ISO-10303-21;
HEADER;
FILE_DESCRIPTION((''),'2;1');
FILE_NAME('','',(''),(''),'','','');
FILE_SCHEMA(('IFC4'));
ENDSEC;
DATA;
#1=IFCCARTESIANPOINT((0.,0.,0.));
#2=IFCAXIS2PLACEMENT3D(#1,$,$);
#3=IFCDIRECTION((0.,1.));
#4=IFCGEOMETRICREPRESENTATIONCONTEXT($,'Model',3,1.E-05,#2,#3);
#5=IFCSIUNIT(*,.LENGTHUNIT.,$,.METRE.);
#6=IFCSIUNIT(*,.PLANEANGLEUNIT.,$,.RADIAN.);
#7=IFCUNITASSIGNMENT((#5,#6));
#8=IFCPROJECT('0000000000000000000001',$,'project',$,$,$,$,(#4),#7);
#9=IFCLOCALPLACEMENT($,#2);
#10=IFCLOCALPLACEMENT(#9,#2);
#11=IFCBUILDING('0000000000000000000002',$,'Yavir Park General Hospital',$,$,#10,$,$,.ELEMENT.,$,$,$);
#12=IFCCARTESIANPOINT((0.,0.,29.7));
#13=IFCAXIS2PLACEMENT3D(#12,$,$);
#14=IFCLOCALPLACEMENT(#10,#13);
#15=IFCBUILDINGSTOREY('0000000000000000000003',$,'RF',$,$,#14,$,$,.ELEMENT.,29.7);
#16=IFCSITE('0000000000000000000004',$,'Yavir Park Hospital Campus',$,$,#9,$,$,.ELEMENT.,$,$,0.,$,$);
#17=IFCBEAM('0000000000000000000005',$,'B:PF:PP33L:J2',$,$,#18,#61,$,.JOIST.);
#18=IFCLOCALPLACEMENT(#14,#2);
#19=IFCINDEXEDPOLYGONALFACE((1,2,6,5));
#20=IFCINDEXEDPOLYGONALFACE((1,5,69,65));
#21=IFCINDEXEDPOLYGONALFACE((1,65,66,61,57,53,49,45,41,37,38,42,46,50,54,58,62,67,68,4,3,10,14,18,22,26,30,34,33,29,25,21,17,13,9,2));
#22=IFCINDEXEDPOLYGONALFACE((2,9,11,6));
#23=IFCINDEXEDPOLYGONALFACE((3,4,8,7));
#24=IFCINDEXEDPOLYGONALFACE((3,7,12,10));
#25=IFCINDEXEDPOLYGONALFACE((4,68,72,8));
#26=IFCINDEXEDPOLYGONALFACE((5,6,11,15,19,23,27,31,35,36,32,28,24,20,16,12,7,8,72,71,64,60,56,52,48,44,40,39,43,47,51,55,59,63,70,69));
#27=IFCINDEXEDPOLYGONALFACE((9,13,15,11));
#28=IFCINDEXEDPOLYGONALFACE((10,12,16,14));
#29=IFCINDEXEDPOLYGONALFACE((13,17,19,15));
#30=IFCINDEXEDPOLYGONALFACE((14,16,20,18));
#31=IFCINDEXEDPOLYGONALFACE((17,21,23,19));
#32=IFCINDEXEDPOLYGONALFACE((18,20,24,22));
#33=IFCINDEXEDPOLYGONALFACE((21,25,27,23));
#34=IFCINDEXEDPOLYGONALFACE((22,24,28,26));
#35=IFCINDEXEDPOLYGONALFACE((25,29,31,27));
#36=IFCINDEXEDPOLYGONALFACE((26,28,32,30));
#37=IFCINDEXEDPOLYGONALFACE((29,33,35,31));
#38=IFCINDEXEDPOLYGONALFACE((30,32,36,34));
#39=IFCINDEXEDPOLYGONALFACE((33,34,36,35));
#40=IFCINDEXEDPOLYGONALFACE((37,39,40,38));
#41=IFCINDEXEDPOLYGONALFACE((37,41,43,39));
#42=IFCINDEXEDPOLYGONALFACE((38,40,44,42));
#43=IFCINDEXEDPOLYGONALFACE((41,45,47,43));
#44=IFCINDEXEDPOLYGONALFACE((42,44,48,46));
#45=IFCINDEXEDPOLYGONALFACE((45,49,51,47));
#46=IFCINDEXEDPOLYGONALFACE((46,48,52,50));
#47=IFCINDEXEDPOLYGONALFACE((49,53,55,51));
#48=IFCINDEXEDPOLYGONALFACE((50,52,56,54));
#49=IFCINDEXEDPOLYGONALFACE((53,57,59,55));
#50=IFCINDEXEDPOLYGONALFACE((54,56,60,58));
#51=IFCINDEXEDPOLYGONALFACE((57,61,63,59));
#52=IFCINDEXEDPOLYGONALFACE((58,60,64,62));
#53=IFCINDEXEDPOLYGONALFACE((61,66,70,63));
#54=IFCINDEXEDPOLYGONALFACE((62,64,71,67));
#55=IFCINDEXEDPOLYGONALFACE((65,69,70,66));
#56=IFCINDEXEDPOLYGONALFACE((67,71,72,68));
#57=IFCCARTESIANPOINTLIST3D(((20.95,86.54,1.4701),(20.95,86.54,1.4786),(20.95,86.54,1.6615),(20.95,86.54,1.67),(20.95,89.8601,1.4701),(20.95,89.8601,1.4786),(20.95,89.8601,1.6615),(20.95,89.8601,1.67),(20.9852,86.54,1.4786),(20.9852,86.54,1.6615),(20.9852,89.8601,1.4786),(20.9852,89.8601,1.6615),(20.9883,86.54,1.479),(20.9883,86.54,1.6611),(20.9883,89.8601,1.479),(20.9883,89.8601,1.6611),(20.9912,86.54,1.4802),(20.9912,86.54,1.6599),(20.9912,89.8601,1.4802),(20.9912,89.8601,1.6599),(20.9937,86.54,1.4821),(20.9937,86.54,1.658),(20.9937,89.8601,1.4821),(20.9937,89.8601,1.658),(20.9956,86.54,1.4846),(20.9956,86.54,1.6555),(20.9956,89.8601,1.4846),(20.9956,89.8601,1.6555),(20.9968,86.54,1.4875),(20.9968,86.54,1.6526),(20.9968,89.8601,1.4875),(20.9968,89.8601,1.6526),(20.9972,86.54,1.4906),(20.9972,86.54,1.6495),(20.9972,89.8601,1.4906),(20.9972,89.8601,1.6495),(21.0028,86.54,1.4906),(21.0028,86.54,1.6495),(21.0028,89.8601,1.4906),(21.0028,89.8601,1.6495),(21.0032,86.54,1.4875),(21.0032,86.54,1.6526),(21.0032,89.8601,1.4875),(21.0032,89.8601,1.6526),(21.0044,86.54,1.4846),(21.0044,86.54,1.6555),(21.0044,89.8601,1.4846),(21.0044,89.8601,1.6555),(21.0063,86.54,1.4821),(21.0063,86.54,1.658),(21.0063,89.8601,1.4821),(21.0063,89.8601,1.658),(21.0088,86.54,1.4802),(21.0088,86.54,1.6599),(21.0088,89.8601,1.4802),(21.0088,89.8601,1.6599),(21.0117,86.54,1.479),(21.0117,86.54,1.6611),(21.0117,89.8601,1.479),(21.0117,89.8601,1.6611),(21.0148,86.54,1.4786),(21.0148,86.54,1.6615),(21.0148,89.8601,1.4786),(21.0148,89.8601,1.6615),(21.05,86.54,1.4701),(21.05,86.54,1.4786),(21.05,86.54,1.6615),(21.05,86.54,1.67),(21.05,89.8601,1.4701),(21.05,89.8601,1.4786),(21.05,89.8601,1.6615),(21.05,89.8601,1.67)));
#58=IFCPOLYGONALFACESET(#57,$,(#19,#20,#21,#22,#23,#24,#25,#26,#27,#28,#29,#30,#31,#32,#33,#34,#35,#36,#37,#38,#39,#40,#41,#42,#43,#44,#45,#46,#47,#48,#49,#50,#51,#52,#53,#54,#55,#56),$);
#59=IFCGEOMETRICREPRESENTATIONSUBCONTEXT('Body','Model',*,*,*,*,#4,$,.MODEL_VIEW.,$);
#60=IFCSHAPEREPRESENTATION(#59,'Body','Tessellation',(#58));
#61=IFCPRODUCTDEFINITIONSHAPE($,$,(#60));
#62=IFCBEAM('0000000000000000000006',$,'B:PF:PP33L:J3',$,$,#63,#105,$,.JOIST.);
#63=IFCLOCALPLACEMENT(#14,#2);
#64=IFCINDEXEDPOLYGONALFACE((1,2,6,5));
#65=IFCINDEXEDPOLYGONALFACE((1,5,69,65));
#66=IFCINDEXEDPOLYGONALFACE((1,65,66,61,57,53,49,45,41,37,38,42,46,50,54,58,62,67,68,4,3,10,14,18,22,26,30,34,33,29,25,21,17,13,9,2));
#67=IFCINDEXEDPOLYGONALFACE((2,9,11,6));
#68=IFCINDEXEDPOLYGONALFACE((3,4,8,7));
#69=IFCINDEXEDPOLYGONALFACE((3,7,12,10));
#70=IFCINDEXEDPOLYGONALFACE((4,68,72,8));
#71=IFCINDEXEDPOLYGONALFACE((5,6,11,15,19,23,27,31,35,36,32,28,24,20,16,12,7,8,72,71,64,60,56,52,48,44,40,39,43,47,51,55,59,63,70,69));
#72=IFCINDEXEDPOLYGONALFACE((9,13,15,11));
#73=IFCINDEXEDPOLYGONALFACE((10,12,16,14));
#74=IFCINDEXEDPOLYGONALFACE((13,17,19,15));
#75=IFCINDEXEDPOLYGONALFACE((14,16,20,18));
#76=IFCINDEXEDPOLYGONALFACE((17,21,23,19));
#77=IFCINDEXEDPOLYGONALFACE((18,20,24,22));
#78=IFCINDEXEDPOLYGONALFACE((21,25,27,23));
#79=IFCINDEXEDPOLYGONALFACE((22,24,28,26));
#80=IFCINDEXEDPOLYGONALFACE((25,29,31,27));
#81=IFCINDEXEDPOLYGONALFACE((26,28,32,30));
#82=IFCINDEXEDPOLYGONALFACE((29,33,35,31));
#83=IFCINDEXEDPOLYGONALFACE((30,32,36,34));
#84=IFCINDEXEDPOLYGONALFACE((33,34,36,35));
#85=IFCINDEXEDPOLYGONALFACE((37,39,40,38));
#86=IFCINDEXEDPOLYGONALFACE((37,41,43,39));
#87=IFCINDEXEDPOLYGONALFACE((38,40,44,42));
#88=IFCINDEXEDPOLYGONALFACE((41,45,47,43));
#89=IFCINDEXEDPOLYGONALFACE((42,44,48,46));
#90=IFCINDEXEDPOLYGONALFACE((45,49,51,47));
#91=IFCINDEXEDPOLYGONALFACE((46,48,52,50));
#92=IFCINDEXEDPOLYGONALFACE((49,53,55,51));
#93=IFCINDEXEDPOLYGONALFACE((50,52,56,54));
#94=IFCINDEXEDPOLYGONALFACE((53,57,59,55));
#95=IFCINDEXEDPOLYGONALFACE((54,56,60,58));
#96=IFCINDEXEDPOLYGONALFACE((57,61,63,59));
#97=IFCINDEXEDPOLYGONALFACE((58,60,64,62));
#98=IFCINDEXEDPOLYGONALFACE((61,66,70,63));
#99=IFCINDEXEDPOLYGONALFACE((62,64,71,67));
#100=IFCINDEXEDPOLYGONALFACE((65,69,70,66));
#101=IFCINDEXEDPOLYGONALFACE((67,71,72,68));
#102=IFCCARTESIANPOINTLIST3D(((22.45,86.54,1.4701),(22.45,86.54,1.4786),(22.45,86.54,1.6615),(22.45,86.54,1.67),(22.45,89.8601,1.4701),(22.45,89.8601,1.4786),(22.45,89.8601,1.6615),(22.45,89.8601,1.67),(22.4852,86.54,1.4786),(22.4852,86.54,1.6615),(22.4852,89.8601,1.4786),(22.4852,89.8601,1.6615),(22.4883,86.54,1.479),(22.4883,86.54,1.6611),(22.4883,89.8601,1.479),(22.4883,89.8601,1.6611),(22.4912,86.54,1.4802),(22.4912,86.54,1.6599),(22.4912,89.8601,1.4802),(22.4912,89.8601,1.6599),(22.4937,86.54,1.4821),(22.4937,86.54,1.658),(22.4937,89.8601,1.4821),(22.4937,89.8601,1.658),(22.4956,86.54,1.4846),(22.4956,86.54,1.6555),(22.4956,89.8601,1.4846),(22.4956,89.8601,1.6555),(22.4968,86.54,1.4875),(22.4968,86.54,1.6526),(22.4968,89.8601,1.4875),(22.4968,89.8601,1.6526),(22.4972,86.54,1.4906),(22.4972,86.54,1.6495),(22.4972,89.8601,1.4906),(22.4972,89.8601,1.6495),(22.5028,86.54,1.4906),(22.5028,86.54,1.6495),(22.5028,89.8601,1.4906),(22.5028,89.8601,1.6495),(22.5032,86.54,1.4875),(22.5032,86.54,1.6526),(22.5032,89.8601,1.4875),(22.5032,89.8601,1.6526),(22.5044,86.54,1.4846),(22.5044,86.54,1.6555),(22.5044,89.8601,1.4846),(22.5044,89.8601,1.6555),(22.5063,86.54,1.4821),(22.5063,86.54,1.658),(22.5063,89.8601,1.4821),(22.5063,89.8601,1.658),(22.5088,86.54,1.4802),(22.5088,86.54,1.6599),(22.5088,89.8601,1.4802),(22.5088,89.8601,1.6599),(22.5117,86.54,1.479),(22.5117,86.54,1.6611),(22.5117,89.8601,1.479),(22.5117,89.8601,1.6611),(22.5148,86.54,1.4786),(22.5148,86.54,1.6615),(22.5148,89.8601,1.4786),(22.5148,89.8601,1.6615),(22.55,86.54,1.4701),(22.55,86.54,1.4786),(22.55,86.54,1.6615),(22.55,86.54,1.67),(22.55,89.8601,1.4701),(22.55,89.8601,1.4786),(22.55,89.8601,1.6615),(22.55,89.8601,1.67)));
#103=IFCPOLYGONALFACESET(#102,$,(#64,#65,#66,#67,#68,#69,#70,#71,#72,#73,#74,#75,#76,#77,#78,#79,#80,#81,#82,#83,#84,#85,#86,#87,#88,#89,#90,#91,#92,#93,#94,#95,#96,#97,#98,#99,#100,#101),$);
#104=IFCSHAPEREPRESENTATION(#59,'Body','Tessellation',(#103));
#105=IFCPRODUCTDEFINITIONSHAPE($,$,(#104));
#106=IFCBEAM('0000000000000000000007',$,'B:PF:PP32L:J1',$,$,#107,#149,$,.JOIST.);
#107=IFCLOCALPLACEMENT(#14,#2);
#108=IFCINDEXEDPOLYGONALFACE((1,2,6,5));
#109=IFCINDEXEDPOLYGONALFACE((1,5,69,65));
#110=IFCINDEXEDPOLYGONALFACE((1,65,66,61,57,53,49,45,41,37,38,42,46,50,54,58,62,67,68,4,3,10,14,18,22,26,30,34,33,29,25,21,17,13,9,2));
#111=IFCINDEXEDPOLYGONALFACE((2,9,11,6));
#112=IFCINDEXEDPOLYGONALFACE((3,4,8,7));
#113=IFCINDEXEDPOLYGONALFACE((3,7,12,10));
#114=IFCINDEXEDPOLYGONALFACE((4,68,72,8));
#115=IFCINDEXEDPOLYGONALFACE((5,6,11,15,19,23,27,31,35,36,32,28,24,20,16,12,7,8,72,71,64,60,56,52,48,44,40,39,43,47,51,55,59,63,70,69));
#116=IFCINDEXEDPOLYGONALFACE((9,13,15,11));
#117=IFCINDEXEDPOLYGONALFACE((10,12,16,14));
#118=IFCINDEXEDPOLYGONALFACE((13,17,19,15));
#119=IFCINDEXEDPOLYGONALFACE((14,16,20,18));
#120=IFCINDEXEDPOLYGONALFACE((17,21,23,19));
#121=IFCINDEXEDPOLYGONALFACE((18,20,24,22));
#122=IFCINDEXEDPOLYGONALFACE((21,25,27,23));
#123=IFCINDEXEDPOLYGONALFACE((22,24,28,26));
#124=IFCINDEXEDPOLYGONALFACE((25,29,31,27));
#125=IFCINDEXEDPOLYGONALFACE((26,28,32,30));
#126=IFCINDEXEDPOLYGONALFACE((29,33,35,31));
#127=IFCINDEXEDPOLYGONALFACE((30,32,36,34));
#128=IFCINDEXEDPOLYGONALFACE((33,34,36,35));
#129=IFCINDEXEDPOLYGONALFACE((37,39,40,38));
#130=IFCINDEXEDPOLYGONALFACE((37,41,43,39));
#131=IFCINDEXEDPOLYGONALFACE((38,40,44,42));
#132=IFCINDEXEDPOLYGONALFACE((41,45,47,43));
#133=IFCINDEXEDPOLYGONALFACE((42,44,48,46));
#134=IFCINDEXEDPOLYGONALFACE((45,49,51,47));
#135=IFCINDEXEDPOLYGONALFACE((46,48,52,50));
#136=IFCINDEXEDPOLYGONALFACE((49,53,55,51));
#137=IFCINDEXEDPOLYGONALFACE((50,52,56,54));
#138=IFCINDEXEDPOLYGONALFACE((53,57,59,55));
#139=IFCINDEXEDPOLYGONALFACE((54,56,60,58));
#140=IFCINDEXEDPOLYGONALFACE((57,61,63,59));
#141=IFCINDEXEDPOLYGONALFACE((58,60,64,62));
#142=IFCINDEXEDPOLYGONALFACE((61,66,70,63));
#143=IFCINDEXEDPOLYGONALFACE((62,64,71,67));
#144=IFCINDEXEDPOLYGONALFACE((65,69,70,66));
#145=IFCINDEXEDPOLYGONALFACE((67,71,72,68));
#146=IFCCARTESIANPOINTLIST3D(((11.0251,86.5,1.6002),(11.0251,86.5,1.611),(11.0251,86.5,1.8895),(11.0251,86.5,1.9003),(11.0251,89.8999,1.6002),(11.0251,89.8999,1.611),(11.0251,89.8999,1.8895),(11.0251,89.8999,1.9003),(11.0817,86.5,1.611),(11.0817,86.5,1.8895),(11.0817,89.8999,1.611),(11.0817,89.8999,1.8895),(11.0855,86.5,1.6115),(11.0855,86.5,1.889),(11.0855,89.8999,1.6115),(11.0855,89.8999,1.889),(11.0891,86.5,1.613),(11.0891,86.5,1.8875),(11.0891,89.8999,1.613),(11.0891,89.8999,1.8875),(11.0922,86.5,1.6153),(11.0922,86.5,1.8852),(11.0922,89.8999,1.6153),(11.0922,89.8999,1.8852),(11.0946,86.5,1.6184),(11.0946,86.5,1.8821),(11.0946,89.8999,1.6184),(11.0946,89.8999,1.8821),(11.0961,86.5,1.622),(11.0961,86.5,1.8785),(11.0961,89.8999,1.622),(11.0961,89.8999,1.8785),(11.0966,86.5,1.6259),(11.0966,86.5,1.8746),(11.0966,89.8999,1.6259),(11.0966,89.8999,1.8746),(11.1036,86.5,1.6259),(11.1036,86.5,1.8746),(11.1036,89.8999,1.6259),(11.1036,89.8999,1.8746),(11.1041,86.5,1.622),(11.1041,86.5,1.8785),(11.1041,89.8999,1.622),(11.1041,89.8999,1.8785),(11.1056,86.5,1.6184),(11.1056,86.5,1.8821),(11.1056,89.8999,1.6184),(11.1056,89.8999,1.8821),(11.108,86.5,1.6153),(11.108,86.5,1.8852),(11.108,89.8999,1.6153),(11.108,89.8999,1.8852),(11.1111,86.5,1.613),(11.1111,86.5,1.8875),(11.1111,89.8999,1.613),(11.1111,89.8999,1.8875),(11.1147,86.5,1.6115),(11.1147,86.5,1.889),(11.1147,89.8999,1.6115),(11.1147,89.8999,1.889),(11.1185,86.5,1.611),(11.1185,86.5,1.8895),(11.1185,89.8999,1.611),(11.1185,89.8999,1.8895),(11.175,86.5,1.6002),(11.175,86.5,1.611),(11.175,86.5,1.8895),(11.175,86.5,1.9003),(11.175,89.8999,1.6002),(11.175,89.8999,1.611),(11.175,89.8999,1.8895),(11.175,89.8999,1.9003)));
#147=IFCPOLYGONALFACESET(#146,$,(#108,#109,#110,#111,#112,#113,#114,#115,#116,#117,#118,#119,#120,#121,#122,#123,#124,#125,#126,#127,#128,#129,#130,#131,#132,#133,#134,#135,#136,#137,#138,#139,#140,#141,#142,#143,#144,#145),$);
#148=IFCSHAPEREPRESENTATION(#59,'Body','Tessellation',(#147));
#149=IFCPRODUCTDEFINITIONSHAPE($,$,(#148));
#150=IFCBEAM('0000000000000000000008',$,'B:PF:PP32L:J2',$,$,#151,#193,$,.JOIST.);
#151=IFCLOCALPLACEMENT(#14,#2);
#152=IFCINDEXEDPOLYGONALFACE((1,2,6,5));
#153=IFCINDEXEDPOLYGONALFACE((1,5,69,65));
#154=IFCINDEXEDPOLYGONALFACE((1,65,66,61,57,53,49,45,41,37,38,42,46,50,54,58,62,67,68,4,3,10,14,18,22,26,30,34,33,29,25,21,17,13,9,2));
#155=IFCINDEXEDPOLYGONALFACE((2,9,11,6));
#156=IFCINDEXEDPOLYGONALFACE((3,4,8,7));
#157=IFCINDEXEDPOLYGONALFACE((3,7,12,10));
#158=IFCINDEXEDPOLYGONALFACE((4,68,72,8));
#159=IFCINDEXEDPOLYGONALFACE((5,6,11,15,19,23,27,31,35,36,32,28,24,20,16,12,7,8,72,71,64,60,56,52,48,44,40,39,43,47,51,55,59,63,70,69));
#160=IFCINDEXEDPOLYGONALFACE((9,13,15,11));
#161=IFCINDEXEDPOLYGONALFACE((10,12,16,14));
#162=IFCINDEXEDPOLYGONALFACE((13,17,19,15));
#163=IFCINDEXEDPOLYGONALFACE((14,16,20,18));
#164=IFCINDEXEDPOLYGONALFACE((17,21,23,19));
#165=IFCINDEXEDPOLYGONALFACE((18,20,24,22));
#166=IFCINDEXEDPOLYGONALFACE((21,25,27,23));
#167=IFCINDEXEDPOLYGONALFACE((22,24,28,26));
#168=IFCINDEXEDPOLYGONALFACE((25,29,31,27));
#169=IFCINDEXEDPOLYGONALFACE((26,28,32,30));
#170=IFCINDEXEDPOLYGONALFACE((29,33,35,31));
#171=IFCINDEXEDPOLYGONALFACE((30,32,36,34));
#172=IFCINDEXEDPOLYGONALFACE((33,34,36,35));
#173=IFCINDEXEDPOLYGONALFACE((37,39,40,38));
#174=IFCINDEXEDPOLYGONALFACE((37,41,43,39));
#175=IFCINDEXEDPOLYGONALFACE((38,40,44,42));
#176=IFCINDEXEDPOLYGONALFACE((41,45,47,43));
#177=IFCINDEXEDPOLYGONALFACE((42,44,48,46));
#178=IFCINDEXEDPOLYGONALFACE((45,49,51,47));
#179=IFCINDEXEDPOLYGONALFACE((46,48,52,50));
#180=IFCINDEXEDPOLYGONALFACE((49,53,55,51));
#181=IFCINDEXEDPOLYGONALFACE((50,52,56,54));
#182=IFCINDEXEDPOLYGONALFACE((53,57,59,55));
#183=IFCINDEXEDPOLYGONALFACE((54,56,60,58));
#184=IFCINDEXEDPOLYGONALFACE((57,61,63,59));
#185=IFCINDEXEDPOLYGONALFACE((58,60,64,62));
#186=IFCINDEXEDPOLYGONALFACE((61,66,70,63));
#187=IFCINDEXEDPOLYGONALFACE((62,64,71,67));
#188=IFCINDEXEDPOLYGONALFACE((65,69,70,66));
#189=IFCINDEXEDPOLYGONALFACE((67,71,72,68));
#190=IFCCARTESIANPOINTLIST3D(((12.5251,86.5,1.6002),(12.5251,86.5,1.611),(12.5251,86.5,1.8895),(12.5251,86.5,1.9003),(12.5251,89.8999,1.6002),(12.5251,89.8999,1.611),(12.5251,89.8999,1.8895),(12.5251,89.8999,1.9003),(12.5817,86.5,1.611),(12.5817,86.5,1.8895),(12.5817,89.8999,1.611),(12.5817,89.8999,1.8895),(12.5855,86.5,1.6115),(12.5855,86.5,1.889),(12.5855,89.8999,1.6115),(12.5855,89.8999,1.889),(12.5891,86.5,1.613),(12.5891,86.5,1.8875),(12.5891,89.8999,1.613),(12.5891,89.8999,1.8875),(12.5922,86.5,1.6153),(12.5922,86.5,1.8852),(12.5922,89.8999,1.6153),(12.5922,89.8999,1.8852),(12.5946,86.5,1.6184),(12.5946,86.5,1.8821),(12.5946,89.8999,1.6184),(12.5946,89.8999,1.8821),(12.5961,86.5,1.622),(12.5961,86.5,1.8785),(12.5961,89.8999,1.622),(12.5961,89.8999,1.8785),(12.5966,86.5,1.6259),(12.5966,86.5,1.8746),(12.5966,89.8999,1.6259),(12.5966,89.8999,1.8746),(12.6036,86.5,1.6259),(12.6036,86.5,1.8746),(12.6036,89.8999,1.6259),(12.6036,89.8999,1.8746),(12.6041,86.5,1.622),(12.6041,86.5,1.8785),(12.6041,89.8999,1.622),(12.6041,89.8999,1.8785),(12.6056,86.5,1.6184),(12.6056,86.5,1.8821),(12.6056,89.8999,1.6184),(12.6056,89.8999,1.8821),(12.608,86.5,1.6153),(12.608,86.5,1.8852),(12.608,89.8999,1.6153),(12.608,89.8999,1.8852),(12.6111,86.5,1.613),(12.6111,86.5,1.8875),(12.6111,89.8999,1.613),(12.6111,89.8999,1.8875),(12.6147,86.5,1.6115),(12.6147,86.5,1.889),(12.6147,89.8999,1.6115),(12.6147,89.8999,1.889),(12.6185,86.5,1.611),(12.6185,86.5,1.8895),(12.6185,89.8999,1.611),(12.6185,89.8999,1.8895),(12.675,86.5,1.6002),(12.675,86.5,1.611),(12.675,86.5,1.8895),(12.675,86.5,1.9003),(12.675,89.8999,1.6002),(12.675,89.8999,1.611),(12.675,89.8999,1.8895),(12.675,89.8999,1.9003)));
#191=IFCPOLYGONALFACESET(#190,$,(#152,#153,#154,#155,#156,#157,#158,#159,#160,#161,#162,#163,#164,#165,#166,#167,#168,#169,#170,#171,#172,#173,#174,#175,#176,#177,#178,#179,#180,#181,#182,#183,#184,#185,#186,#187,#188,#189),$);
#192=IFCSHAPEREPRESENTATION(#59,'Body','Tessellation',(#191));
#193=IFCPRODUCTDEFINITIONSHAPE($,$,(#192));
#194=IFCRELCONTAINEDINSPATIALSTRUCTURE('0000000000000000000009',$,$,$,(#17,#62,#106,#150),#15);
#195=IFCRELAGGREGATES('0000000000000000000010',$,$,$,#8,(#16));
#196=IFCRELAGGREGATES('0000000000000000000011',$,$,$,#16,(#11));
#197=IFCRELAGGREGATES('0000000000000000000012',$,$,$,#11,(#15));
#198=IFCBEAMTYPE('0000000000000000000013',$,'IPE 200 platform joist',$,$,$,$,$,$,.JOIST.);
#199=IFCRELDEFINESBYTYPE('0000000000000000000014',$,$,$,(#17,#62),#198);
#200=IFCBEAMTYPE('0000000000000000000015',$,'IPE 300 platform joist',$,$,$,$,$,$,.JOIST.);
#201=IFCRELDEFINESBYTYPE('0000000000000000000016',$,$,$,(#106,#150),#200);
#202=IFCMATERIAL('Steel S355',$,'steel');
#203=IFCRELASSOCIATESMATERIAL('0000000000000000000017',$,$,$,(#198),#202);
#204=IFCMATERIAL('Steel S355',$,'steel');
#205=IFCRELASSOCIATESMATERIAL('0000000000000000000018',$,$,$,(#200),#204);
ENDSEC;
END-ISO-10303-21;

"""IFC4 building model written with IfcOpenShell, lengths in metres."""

from ifc_helpers import new_model, si_unit, direction, frame, origin, origin_2d, place, context, subcontext, project, spatial, i_section, extrude, material, material_profile, profile_set, type_object, element, save


model = new_model("IFC4")

# Units and contexts
model_context = context("Model", 3, precision=1e-05, world=origin(), true_north=direction((0.0, 1.0)))
body_context = subcontext(model_context, "Body", "Model", "MODEL_VIEW")
ifc_project = project(units=[si_unit("LENGTHUNIT", "METRE"), si_unit("PLANEANGLEUNIT", "RADIAN")], contexts=[model_context])

# Site, building, storey
site_placement = place(None, origin())
site = spatial("IfcSite", under=ifc_project, at=site_placement, Name="Yavir Park Hospital Campus", CompositionType="ELEMENT", RefElevation=0.0)
building_placement = place(site_placement, origin())
building = spatial("IfcBuilding", under=site, at=building_placement, Name="Yavir Park General Hospital", CompositionType="ELEMENT")
storey_placement = place(building_placement, frame((0.0, 0.0, 29.7)))
storey = spatial("IfcBuildingStorey", under=building, at=storey_placement, Name="RF", CompositionType="ELEMENT", Elevation=29.7)

# Beams
ifc_material_1 = material(Name="Steel S355", Category="steel")
ifc_material_profile_1 = material_profile(ifc_material_1, i_section(OverallWidth=0.1001, OverallDepth=0.2, WebThickness=0.0056, FlangeThickness=0.0085, FilletRadius=0.012, at=origin_2d()), Name="IPE200")
ifc_profile_set_1 = profile_set([ifc_material_profile_1], Name="Steel S355")
beam_type_1 = type_object("IfcBeamType", Name="IPE 200 platform joist", PredefinedType="JOIST", material=ifc_profile_set_1)
for number, where, z_axis, x_axis, name in (
    (1, (21.0, 86.54, 1.5701), (0.0, 1.0, 0.0), (-1.0, 0.0, 0.0), "B:PF:PP33L:J2"),
    (2, (22.5, 86.54, 1.5701), (0.0, 1.0, 0.0), (-1.0, 0.0, 0.0), "B:PF:PP33L:J3"),
):
    element("IfcBeam", number, at=place(storey_placement, frame(where, z_axis=z_axis, x_axis=x_axis)), inside=storey, type_object=beam_type_1, Name=name, PredefinedType="JOIST", context=body_context, shape_type="SweptSolid", body=[
        extrude(i_section(OverallWidth=0.1001, OverallDepth=0.2, WebThickness=0.0056, FlangeThickness=0.0085, FilletRadius=0.012, at=origin_2d()), origin(), (0.0, 0.0, 1.0), 3.3201),
    ])
ifc_material_2 = material(Name="Steel S355", Category="steel")
ifc_material_profile_2 = material_profile(ifc_material_2, i_section(OverallWidth=0.1499, OverallDepth=0.3, WebThickness=0.0071, FlangeThickness=0.0107, FilletRadius=0.0149, at=origin_2d()), Name="IPE300")
ifc_profile_set_2 = profile_set([ifc_material_profile_2], Name="Steel S355")
beam_type_2 = type_object("IfcBeamType", Name="IPE 300 platform joist", PredefinedType="JOIST", material=ifc_profile_set_2)
for number, where, z_axis, x_axis, name in (
    (3, (11.1001, 86.5, 1.7502), (0.0, 1.0, 0.0), (-1.0, 0.0, 0.0), "B:PF:PP32L:J1"),
    (4, (12.6001, 86.5, 1.7502), (0.0, 1.0, 0.0), (-1.0, 0.0, 0.0), "B:PF:PP32L:J2"),
):
    element("IfcBeam", number, at=place(storey_placement, frame(where, z_axis=z_axis, x_axis=x_axis)), inside=storey, type_object=beam_type_2, Name=name, PredefinedType="JOIST", context=body_context, shape_type="SweptSolid", body=[
        extrude(i_section(OverallWidth=0.1499, OverallDepth=0.3, WebThickness=0.0071, FlangeThickness=0.0107, FilletRadius=0.0149, at=origin_2d()), origin(), (0.0, 0.0, 1.0), 3.3999),
    ])

save(model, "model.ifc")
